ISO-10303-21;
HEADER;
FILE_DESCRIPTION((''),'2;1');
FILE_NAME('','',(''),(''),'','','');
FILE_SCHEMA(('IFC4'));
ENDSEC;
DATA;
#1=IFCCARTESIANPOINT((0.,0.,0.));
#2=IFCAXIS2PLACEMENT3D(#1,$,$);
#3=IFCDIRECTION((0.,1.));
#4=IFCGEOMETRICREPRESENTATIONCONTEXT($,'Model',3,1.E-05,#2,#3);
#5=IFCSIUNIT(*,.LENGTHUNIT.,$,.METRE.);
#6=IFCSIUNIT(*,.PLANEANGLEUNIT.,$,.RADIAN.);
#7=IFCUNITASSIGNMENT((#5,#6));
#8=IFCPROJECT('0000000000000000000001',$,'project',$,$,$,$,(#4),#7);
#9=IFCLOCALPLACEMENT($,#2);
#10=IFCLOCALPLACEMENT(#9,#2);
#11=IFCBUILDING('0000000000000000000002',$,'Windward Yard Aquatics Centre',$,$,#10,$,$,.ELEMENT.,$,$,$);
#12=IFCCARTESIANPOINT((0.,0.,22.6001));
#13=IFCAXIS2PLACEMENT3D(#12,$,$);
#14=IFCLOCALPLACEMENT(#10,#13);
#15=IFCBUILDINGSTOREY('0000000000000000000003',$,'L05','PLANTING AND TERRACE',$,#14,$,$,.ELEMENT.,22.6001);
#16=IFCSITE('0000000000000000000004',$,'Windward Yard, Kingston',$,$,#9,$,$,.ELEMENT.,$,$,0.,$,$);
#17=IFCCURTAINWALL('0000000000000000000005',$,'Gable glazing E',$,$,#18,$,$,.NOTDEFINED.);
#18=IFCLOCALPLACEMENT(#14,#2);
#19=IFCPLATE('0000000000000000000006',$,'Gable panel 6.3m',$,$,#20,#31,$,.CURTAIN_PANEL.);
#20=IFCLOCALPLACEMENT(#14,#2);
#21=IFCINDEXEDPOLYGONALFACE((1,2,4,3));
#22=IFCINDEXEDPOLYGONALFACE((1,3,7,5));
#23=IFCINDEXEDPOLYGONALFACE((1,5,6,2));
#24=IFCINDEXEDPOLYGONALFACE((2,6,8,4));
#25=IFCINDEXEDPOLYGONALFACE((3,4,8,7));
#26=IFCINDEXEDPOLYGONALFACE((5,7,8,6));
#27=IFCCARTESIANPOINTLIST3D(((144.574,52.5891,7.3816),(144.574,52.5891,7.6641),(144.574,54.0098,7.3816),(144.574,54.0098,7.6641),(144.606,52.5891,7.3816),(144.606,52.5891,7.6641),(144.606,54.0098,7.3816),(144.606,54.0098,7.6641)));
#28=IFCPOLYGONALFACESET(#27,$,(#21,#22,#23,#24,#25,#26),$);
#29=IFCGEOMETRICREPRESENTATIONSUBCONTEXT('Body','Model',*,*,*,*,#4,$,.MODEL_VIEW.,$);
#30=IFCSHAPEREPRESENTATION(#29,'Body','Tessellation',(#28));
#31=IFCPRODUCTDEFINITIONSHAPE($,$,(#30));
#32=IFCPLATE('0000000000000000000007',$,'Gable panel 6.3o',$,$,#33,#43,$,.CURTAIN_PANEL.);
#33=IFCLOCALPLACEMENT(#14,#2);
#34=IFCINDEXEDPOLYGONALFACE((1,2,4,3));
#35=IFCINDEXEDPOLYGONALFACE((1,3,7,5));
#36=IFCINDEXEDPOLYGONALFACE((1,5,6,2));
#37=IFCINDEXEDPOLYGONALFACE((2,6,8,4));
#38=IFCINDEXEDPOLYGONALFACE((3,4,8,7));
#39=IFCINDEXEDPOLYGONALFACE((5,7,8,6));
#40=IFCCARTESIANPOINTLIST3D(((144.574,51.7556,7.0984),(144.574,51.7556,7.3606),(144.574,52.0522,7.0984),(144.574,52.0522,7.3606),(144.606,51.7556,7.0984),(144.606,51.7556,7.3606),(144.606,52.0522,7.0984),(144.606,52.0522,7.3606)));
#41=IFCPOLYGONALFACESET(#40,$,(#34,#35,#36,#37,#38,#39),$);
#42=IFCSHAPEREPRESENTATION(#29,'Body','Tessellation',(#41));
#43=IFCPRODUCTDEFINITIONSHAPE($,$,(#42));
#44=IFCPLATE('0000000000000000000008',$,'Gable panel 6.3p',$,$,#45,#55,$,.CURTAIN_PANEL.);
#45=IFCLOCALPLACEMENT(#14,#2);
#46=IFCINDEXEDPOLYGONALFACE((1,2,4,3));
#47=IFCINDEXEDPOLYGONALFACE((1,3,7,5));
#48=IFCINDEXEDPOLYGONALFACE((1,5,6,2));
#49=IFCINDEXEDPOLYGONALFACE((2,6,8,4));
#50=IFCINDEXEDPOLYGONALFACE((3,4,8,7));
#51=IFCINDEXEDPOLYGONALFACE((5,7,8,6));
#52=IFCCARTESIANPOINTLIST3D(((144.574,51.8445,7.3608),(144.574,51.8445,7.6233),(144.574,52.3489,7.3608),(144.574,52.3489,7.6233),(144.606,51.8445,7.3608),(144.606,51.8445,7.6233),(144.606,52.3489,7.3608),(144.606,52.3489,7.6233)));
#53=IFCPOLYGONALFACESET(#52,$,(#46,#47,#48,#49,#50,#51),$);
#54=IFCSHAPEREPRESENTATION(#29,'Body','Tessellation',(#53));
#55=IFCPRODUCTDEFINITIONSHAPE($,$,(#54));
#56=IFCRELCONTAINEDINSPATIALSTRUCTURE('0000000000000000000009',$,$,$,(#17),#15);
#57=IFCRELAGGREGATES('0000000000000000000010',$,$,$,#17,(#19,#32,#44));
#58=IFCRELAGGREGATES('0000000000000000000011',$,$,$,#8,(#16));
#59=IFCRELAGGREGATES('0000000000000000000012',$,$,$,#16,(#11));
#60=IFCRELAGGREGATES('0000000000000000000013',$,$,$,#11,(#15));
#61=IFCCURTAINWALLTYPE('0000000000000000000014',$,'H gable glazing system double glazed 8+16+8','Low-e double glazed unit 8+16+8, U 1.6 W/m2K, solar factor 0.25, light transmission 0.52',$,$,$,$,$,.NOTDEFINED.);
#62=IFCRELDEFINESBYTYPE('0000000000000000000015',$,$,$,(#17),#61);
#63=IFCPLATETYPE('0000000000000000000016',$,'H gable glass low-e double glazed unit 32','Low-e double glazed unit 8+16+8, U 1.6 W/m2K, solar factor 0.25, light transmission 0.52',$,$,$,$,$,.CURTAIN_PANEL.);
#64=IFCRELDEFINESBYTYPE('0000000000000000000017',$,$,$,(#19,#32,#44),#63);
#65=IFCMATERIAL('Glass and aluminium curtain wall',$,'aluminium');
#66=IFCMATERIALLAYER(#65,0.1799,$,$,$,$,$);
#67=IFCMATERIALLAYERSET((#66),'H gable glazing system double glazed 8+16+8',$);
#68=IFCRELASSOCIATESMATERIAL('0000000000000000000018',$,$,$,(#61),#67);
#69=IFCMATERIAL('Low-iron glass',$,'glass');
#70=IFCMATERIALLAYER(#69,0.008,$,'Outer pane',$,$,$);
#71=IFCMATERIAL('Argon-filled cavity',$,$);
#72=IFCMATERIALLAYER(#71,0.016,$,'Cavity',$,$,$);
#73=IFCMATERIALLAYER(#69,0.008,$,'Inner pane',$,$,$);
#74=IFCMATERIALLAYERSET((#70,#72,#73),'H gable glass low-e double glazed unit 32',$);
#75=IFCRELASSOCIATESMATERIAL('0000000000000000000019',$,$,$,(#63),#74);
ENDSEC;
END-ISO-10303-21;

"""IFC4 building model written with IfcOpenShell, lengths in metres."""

from ifc_helpers import new_model, si_unit, direction, frame, origin, place, context, subcontext, project, spatial, polyline, outline, extrude, material, layer, layer_set, type_object, element, aggregate, save


model = new_model("IFC4")

# Units and contexts
model_context = context("Model", 3, precision=1e-05, world=origin(), true_north=direction((0.0, 1.0)))
body_context = subcontext(model_context, "Body", "Model", "MODEL_VIEW")
ifc_project = project(units=[si_unit("LENGTHUNIT", "METRE"), si_unit("PLANEANGLEUNIT", "RADIAN")], contexts=[model_context])

# Site, building, storey
site_placement = place(None, origin())
site = spatial("IfcSite", under=ifc_project, at=site_placement, Name="Windward Yard, Kingston", CompositionType="ELEMENT", RefElevation=0.0)
building_placement = place(site_placement, origin())
building = spatial("IfcBuilding", under=site, at=building_placement, Name="Windward Yard Aquatics Centre", CompositionType="ELEMENT")
storey_placement = place(building_placement, frame((0.0, 0.0, 22.6001)))
storey = spatial("IfcBuildingStorey", under=building, at=storey_placement, Name="L05", Description="PLANTING AND TERRACE", CompositionType="ELEMENT", Elevation=22.6001)

# Curtain wall, plates
ifc_material_1 = material(Name="Glass and aluminium curtain wall", Category="aluminium")
ifc_layer_1 = layer(ifc_material_1, 0.1799)
ifc_layer_set_1 = layer_set([ifc_layer_1], Name="H gable glazing system double glazed 8+16+8")
curtain_wall_type = type_object("IfcCurtainWallType", Name="H gable glazing system double glazed 8+16+8", Description="Low-e double glazed unit 8+16+8, U 1.6 W/m2K, solar factor 0.25, light transmission 0.52", PredefinedType="NOTDEFINED", material=ifc_layer_set_1)
curtain_wall_placement = place(storey_placement, origin())
curtain_wall = element("IfcCurtainWall", 1, at=curtain_wall_placement, inside=storey, type_object=curtain_wall_type, Name="Gable glazing E", PredefinedType="NOTDEFINED")
ifc_material_2 = material(Name="Low-iron glass", Category="glass")
ifc_layer_2 = layer(ifc_material_2, 0.008, Name="Outer pane")
ifc_material_3 = material(Name="Argon-filled cavity")
ifc_layer_3 = layer(ifc_material_3, 0.016, Name="Cavity")
ifc_layer_4 = layer(ifc_material_2, 0.008, Name="Inner pane")
ifc_layer_set_2 = layer_set([ifc_layer_2, ifc_layer_3, ifc_layer_4], Name="H gable glass low-e double glazed unit 32")
plate_type = type_object("IfcPlateType", Name="H gable glass low-e double glazed unit 32", Description="Low-e double glazed unit 8+16+8, U 1.6 W/m2K, solar factor 0.25, light transmission 0.52", PredefinedType="CURTAIN_PANEL", material=ifc_layer_set_2)
plate_1_placement = place(storey_placement, frame((144.606, 52.5891, 7.3816), z_axis=(1.0, 0.0, 0.0), x_axis=(0.0, 1.0, 0.0)))
plate_1 = element("IfcPlate", 2, at=plate_1_placement, type_object=plate_type, Name="Gable panel 6.3m", PredefinedType="CURTAIN_PANEL", context=body_context, shape_type="SweptSolid", body=[
    extrude(outline(polyline([(0.0, 0.0), (1.4207, 0.0), (1.4207, 0.2825), (0.0, 0.2825), (0.0, 0.0)])), origin(), (0.0, 0.0, -1.0), 0.032),
])
plate_2_placement = place(storey_placement, frame((144.606, 51.7556, 7.0984), z_axis=(1.0, 0.0, 0.0), x_axis=(0.0, 1.0, 0.0)))
plate_2 = element("IfcPlate", 3, at=plate_2_placement, type_object=plate_type, Name="Gable panel 6.3o", PredefinedType="CURTAIN_PANEL", context=body_context, shape_type="SweptSolid", body=[
    extrude(outline(polyline([(0.0, 0.0), (0.2966, 0.0), (0.2966, 0.2622), (0.0, 0.2622), (0.0, 0.0)])), origin(), (0.0, 0.0, -1.0), 0.032),
])
plate_3_placement = place(storey_placement, frame((144.606, 51.8445, 7.3608), z_axis=(1.0, 0.0, 0.0), x_axis=(0.0, 1.0, 0.0)))
plate_3 = element("IfcPlate", 4, at=plate_3_placement, type_object=plate_type, Name="Gable panel 6.3p", PredefinedType="CURTAIN_PANEL", context=body_context, shape_type="SweptSolid", body=[
    extrude(outline(polyline([(0.0, 0.0), (0.5044, 0.0), (0.5044, 0.2625), (0.0, 0.2625), (0.0, 0.0)])), origin(), (0.0, 0.0, -1.0), 0.032),
])
aggregate(curtain_wall, [plate_1, plate_2, plate_3])

save(model, "model.ifc")
